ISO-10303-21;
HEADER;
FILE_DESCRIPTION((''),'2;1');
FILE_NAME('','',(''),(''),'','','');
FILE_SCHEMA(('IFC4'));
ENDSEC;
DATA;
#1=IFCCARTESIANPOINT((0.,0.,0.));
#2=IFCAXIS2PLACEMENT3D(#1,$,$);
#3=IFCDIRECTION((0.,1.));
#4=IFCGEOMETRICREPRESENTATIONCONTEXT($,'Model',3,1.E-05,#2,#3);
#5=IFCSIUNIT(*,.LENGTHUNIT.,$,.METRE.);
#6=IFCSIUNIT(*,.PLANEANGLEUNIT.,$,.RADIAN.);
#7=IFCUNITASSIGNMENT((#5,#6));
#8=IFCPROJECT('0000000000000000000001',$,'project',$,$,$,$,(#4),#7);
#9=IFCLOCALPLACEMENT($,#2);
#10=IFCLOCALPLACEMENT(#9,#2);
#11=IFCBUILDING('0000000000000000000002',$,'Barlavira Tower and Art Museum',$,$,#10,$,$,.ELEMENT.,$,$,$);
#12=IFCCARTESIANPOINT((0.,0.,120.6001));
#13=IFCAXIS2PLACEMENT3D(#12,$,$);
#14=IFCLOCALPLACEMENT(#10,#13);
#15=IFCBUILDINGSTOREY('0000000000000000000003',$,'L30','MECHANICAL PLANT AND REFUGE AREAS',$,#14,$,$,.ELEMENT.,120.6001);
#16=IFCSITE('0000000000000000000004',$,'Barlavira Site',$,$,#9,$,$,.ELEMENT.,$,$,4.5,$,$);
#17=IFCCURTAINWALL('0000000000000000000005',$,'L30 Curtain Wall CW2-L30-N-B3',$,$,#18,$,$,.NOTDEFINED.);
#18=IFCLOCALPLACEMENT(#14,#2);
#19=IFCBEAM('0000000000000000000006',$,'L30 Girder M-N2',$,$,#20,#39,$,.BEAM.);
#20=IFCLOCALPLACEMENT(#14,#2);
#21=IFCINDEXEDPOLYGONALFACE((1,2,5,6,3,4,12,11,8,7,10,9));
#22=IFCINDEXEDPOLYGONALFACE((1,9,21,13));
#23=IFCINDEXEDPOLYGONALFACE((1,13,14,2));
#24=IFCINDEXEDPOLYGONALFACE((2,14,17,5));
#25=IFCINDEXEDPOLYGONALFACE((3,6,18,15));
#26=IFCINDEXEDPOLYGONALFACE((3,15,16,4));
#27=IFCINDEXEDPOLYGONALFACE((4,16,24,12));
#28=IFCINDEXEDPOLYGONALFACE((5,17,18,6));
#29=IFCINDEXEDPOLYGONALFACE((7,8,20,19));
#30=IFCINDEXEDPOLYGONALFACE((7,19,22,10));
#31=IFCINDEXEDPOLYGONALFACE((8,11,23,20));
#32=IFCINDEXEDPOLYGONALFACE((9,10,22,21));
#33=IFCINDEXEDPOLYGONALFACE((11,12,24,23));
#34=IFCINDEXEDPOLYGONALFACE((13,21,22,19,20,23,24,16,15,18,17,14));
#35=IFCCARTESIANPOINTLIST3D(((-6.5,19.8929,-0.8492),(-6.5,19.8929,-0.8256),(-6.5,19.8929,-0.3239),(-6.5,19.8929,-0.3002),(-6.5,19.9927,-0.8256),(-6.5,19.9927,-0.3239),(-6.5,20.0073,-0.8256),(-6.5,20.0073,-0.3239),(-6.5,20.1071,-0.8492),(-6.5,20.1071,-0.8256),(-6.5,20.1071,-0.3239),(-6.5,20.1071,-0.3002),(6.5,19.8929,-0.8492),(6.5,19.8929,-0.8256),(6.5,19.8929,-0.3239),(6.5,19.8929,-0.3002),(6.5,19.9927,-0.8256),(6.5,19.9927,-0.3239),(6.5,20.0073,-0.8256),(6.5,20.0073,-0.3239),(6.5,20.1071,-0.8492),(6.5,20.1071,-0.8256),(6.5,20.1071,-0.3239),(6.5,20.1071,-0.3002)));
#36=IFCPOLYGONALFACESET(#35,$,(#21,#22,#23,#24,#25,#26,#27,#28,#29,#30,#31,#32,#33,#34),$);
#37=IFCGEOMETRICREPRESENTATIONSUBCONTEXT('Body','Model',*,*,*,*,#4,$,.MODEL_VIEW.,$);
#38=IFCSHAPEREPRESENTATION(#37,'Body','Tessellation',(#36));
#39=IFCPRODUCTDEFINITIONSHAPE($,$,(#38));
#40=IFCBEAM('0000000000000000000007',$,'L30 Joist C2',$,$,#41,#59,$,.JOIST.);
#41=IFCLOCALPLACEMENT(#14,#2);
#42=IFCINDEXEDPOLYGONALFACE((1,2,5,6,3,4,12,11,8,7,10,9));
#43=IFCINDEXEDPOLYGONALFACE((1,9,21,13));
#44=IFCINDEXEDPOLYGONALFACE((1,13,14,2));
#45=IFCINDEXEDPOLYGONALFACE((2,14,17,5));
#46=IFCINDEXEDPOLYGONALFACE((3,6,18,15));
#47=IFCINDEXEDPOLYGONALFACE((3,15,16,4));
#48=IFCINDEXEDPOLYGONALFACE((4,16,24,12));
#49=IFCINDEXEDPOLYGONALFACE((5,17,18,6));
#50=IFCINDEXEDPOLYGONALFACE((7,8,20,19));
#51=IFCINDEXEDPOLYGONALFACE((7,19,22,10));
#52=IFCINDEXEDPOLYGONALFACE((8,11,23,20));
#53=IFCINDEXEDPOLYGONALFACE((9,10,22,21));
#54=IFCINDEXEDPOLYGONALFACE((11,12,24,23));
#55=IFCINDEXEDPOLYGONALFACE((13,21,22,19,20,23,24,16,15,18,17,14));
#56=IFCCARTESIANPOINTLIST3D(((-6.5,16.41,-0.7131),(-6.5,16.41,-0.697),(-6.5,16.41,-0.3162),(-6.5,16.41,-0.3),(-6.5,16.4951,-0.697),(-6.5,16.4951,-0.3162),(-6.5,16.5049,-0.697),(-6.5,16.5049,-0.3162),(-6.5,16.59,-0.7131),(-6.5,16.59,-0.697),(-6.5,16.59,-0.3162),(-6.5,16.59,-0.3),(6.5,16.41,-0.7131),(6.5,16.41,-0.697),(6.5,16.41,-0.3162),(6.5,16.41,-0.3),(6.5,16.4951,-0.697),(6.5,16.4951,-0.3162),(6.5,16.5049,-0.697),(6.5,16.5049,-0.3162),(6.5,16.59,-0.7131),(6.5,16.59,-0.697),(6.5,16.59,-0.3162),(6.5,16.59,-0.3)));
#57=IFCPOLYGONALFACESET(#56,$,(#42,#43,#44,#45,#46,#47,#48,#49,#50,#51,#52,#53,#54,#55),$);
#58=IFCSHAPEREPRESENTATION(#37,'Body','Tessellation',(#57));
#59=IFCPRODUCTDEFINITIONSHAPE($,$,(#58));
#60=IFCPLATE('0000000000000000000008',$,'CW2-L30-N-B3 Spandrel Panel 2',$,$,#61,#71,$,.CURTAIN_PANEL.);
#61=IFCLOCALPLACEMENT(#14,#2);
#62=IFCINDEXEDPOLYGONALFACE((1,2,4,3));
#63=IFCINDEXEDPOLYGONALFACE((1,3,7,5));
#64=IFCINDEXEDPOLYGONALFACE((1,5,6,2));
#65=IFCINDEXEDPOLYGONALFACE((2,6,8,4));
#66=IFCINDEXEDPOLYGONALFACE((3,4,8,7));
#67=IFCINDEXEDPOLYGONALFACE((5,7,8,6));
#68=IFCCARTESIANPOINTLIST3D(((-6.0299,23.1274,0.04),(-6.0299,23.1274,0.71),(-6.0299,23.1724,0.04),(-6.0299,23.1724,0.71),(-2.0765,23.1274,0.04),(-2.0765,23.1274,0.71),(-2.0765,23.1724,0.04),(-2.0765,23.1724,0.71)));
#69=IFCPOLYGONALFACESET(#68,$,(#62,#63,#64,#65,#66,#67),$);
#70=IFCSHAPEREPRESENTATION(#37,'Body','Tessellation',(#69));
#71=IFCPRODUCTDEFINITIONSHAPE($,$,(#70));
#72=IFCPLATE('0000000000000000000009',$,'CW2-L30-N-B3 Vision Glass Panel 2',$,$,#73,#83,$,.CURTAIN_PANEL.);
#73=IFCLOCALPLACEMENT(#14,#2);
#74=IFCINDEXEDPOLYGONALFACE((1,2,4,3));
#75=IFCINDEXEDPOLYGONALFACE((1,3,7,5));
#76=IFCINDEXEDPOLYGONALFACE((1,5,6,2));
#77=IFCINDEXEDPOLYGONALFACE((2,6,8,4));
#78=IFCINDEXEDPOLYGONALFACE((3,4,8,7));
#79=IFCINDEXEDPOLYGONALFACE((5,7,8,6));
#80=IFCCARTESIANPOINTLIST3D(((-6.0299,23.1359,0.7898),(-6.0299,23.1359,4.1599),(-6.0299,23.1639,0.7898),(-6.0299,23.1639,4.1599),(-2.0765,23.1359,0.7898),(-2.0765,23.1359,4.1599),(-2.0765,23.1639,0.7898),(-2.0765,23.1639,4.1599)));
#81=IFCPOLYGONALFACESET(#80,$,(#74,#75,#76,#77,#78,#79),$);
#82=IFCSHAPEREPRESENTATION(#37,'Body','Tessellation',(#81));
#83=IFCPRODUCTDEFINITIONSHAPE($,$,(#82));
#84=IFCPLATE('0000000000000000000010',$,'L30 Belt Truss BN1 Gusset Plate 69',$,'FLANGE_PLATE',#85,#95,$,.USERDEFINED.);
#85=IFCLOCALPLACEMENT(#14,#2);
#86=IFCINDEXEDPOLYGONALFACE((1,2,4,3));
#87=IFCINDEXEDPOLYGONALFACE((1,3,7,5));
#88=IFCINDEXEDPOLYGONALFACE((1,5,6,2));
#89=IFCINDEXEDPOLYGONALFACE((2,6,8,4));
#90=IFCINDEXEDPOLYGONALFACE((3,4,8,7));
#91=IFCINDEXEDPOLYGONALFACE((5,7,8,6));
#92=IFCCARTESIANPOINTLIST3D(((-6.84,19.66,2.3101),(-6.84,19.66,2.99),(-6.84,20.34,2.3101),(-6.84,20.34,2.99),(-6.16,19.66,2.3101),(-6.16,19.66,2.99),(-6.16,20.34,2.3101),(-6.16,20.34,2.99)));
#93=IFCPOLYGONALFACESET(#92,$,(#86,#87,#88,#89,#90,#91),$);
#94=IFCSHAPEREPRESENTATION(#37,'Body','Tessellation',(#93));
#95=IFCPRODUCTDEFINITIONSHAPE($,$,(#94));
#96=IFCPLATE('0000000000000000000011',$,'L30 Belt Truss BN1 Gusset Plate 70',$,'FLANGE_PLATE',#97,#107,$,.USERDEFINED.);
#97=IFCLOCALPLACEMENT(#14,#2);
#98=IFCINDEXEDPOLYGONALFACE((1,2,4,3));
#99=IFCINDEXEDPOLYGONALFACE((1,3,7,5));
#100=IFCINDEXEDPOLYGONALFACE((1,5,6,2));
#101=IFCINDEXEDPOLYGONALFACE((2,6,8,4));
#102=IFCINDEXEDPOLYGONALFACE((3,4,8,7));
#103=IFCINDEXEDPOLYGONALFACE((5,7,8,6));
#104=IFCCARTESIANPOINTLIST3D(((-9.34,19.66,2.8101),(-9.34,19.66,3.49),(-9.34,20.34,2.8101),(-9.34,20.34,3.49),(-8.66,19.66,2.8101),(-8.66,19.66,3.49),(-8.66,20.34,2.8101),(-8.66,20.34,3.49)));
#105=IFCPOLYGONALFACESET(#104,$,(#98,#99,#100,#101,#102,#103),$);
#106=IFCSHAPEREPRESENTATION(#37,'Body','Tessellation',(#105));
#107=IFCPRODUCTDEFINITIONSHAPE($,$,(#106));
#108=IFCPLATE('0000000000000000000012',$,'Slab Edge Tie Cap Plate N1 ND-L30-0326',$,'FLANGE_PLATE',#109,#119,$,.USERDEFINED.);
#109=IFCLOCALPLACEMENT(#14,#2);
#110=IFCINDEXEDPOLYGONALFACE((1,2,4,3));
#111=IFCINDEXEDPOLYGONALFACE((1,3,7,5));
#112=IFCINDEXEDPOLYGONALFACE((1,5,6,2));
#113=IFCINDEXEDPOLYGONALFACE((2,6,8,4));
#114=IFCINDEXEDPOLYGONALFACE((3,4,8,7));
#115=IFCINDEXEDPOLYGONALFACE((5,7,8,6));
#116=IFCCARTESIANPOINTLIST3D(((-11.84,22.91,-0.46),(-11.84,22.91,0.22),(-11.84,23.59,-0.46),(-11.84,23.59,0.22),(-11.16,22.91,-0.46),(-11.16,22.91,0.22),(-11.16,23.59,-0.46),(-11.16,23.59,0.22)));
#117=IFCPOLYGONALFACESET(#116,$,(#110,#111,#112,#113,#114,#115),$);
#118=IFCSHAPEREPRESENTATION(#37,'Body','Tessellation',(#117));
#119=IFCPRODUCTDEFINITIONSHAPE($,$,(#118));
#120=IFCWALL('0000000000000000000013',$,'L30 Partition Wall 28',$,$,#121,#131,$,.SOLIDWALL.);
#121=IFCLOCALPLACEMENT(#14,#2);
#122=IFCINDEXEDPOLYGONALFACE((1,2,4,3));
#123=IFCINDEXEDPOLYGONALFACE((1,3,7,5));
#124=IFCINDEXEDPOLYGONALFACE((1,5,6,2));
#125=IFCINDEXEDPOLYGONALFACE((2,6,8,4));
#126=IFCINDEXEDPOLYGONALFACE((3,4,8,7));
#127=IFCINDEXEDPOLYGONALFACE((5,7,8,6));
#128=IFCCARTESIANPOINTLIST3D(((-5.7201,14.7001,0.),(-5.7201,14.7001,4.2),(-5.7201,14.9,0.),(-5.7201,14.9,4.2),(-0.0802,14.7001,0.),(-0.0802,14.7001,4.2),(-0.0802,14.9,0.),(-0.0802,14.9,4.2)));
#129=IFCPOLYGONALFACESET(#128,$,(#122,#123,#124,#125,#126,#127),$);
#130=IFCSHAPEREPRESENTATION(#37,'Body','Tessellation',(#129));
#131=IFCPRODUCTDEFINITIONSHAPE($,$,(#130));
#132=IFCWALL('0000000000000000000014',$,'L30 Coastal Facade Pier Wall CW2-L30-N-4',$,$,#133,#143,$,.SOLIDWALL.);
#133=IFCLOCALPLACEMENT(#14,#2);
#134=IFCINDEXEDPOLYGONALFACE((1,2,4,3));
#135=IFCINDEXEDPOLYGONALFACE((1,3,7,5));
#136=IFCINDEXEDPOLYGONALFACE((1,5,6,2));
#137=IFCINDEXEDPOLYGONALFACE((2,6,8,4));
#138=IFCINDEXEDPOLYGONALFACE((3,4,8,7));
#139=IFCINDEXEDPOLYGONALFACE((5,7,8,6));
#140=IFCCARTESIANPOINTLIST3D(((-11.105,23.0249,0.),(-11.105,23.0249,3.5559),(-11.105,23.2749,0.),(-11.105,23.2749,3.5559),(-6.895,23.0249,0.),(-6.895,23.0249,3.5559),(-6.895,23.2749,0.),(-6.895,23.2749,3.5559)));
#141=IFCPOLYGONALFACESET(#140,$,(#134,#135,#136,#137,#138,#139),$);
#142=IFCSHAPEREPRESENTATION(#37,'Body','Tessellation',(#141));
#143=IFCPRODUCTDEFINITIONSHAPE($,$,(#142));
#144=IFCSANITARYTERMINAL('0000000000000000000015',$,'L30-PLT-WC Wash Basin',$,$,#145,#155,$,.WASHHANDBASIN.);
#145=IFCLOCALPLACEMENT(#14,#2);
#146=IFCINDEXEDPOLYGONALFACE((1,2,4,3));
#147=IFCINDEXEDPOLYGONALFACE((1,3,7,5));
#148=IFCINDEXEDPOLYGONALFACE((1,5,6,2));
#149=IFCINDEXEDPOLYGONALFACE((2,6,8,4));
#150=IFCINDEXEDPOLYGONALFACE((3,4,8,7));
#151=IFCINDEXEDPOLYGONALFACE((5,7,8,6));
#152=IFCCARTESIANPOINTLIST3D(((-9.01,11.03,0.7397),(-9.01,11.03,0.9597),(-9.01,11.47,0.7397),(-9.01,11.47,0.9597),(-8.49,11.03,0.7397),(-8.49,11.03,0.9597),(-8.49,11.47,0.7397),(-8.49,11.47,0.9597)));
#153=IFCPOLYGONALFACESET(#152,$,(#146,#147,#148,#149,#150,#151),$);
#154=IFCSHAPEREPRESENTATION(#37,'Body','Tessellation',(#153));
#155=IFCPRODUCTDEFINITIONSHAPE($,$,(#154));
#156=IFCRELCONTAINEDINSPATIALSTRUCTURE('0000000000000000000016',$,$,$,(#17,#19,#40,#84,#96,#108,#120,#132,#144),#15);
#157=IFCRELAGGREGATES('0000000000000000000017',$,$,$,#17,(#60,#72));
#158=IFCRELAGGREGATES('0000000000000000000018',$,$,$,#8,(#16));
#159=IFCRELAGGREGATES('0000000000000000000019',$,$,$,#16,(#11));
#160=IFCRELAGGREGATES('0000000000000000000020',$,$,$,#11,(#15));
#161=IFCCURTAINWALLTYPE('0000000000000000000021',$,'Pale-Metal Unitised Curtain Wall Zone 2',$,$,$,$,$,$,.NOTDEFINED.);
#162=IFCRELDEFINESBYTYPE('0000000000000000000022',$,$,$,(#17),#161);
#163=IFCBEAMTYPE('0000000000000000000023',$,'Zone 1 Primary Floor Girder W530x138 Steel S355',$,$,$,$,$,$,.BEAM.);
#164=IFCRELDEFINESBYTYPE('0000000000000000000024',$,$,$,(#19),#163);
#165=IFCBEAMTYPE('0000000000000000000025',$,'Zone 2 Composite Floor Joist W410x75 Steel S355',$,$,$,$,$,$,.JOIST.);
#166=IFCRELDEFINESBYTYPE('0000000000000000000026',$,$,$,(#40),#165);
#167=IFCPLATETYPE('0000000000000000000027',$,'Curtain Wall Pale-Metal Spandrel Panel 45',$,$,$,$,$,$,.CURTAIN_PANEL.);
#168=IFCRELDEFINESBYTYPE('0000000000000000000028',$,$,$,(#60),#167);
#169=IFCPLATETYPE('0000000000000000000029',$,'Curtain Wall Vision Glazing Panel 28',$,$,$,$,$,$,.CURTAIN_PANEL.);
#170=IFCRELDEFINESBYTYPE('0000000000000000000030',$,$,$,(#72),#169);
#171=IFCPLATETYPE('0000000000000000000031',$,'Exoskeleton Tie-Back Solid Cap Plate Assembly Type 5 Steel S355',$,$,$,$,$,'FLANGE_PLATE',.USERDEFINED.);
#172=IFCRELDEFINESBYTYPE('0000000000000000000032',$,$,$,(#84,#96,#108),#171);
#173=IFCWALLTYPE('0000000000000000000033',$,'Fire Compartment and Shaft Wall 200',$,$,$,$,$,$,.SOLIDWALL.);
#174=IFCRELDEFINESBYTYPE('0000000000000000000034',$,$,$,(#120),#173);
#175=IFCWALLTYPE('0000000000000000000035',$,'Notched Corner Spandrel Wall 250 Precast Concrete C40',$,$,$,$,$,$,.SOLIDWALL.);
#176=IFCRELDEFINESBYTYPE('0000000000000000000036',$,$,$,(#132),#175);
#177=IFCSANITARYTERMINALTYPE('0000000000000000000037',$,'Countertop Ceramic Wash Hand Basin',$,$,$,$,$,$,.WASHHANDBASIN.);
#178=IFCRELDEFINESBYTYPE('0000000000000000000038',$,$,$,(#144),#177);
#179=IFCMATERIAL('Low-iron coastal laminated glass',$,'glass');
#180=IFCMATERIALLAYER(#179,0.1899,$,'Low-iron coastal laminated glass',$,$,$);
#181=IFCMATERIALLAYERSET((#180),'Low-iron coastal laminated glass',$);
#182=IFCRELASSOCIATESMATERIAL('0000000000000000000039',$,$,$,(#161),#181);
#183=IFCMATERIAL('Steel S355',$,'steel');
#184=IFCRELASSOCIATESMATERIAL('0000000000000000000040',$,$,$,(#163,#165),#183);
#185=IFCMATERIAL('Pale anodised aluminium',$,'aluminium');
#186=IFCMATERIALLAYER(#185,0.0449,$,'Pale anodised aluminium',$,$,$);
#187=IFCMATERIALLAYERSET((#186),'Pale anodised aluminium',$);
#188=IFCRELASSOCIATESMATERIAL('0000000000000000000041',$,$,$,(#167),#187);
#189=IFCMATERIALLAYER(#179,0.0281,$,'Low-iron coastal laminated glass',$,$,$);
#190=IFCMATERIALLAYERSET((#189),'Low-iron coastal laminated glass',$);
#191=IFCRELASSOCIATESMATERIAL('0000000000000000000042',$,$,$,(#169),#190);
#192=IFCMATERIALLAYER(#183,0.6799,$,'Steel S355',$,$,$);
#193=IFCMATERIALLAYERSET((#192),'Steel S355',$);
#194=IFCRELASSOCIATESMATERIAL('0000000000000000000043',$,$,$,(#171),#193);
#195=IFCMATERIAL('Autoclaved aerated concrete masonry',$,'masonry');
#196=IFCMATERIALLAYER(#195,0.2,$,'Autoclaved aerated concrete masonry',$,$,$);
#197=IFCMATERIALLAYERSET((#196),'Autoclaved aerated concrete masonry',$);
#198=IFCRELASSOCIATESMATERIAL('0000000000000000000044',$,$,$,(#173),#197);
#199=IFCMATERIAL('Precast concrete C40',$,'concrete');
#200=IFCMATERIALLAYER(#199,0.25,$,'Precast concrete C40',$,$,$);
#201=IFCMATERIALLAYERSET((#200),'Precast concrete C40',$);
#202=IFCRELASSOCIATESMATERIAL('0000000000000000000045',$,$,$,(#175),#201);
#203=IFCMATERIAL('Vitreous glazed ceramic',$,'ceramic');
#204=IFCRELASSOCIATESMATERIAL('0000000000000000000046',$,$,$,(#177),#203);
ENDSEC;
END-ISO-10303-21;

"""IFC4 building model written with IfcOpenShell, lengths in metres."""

from ifc_helpers import new_model, si_unit, direction, frame, frame_2d, origin, origin_2d, place, context, subcontext, project, spatial, rectangle, i_section, extrude, material, layer, layer_set, material_profile, profile_set, type_object, element, aggregate, save


model = new_model("IFC4")

# Units and contexts
model_context = context("Model", 3, precision=1e-05, world=origin(), true_north=direction((0.0, 1.0)))
body_context = subcontext(model_context, "Body", "Model", "MODEL_VIEW")
ifc_project = project(units=[si_unit("LENGTHUNIT", "METRE"), si_unit("PLANEANGLEUNIT", "RADIAN")], contexts=[model_context])

# Site, building, storey
site_placement = place(None, origin())
site = spatial("IfcSite", under=ifc_project, at=site_placement, Name="Barlavira Site", CompositionType="ELEMENT", RefElevation=4.5)
building_placement = place(site_placement, origin())
building = spatial("IfcBuilding", under=site, at=building_placement, Name="Barlavira Tower and Art Museum", CompositionType="ELEMENT")
storey_placement = place(building_placement, frame((0.0, 0.0, 120.6001)))
storey = spatial("IfcBuildingStorey", under=building, at=storey_placement, Name="L30", Description="MECHANICAL PLANT AND REFUGE AREAS", CompositionType="ELEMENT", Elevation=120.6001)

# Shared definitions
ifc_material_1 = material(Name="Steel S355", Category="steel")

# Curtain wall
ifc_material_2 = material(Name="Low-iron coastal laminated glass", Category="glass")
ifc_layer_1 = layer(ifc_material_2, 0.1899, Name="Low-iron coastal laminated glass")
ifc_layer_set_1 = layer_set([ifc_layer_1], Name="Low-iron coastal laminated glass")
curtain_wall_type = type_object("IfcCurtainWallType", Name="Pale-Metal Unitised Curtain Wall Zone 2", PredefinedType="NOTDEFINED", material=ifc_layer_set_1)
curtain_wall_placement = place(storey_placement, origin())
curtain_wall = element("IfcCurtainWall", 1, at=curtain_wall_placement, inside=storey, type_object=curtain_wall_type, Name="L30 Curtain Wall CW2-L30-N-B3", PredefinedType="NOTDEFINED")
ifc_material_3 = material(Name="Pale anodised aluminium", Category="aluminium")

# Beams
ifc_material_profile_1 = material_profile(ifc_material_1, i_section(OverallWidth=0.2141, OverallDepth=0.5491, WebThickness=0.0146, FlangeThickness=0.0237, at=origin_2d()), Name="W530x138.0")
ifc_profile_set_1 = profile_set([ifc_material_profile_1], Name="Steel S355")
beam_type_1 = type_object("IfcBeamType", Name="Zone 1 Primary Floor Girder W530x138 Steel S355", PredefinedType="BEAM", material=ifc_profile_set_1)
beam_1_placement = place(storey_placement, frame((-6.5, 20.0, -0.5747), z_axis=(1.0, 0.0, 0.0), x_axis=(0.0, 1.0, 0.0)))
element("IfcBeam", 2, at=beam_1_placement, inside=storey, type_object=beam_type_1, Name="L30 Girder M-N2", PredefinedType="BEAM", context=body_context, shape_type="SweptSolid", body=[
    extrude(i_section(OverallWidth=0.2141, OverallDepth=0.5491, WebThickness=0.0146, FlangeThickness=0.0237, at=origin_2d()), origin(), (0.0, 0.0, 1.0), 13.0),
])
ifc_material_profile_2 = material_profile(ifc_material_1, i_section(OverallWidth=0.1799, OverallDepth=0.4131, WebThickness=0.0098, FlangeThickness=0.0161, at=origin_2d()), Name="W410x75.0")
ifc_profile_set_2 = profile_set([ifc_material_profile_2], Name="Steel S355")
beam_type_2 = type_object("IfcBeamType", Name="Zone 2 Composite Floor Joist W410x75 Steel S355", PredefinedType="JOIST", material=ifc_profile_set_2)
beam_2_placement = place(storey_placement, frame((-6.5, 16.5, -0.5066), z_axis=(1.0, 0.0, 0.0), x_axis=(0.0, 1.0, 0.0)))
element("IfcBeam", 3, at=beam_2_placement, inside=storey, type_object=beam_type_2, Name="L30 Joist C2", PredefinedType="JOIST", context=body_context, shape_type="SweptSolid", body=[
    extrude(i_section(OverallWidth=0.1799, OverallDepth=0.4131, WebThickness=0.0098, FlangeThickness=0.0161, at=origin_2d()), origin(), (0.0, 0.0, 1.0), 13.0),
])

# Plates
ifc_layer_2 = layer(ifc_material_3, 0.0449, Name="Pale anodised aluminium")
ifc_layer_set_2 = layer_set([ifc_layer_2], Name="Pale anodised aluminium")
plate_type_1 = type_object("IfcPlateType", Name="Curtain Wall Pale-Metal Spandrel Panel 45", PredefinedType="CURTAIN_PANEL", material=ifc_layer_set_2)
plate_1_placement = place(storey_placement, frame((-4.0532, 23.1499, 0.04), z_axis=(0.0, 0.0, 1.0), x_axis=(-1.0, 0.0, 0.0)))
plate_1 = element("IfcPlate", 4, at=plate_1_placement, type_object=plate_type_1, Name="CW2-L30-N-B3 Spandrel Panel 2", PredefinedType="CURTAIN_PANEL", context=body_context, shape_type="SweptSolid", body=[
    extrude(rectangle(XDim=3.9534, YDim=0.0449, at=origin_2d()), origin(), (0.0, 0.0, 1.0), 0.6699),
])
ifc_layer_3 = layer(ifc_material_2, 0.0281, Name="Low-iron coastal laminated glass")
ifc_layer_set_3 = layer_set([ifc_layer_3], Name="Low-iron coastal laminated glass")
plate_type_2 = type_object("IfcPlateType", Name="Curtain Wall Vision Glazing Panel 28", PredefinedType="CURTAIN_PANEL", material=ifc_layer_set_3)
plate_2_placement = place(storey_placement, frame((-4.0532, 23.1499, 0.7898), z_axis=(0.0, 0.0, 1.0), x_axis=(-1.0, 0.0, 0.0)))
plate_2 = element("IfcPlate", 5, at=plate_2_placement, type_object=plate_type_2, Name="CW2-L30-N-B3 Vision Glass Panel 2", PredefinedType="CURTAIN_PANEL", context=body_context, shape_type="SweptSolid", body=[
    extrude(rectangle(XDim=3.9534, YDim=0.0281, at=origin_2d()), origin(), (0.0, 0.0, 1.0), 3.3701),
])
aggregate(curtain_wall, [plate_1, plate_2])

# Plates
ifc_layer_4 = layer(ifc_material_1, 0.6799, Name="Steel S355")
ifc_layer_set_4 = layer_set([ifc_layer_4], Name="Steel S355")
plate_type_3 = type_object("IfcPlateType", Name="Exoskeleton Tie-Back Solid Cap Plate Assembly Type 5 Steel S355", ElementType="FLANGE_PLATE", PredefinedType="USERDEFINED", material=ifc_layer_set_4)
for number, where, z_axis, x_axis, name in (
    (6, (-6.5, 20.0, 2.3101), (0.0, 0.0, 1.0), (1.0, 0.0, 0.0), "L30 Belt Truss BN1 Gusset Plate 69"),
    (7, (-9.0, 20.0, 2.8101), (0.0, 0.0, 1.0), (1.0, 0.0, 0.0), "L30 Belt Truss BN1 Gusset Plate 70"),
    (8, (-11.5, 23.25, -0.46), (0.0, 0.0, 1.0), (1.0, 0.0, 0.0), "Slab Edge Tie Cap Plate N1 ND-L30-0326"),
):
    element("IfcPlate", number, at=place(storey_placement, frame(where, z_axis=z_axis, x_axis=x_axis)), inside=storey, type_object=plate_type_3, Name=name, ObjectType="FLANGE_PLATE", PredefinedType="USERDEFINED", context=body_context, shape_type="SweptSolid", body=[
        extrude(rectangle(XDim=0.6799, YDim=0.6799, at=origin_2d()), origin(), (0.0, 0.0, 1.0), 0.6799),
    ])

# Walls
ifc_material_4 = material(Name="Autoclaved aerated concrete masonry", Category="masonry")
ifc_layer_5 = layer(ifc_material_4, 0.2, Name="Autoclaved aerated concrete masonry")
ifc_layer_set_5 = layer_set([ifc_layer_5], Name="Autoclaved aerated concrete masonry")
wall_type_1 = type_object("IfcWallType", Name="Fire Compartment and Shaft Wall 200", PredefinedType="SOLIDWALL", material=ifc_layer_set_5)
wall_1_placement = place(storey_placement, frame((-5.72, 14.8, 0.0), z_axis=(0.0, 0.0, 1.0), x_axis=(1.0, 0.0, 0.0)))
element("IfcWall", 9, at=wall_1_placement, inside=storey, type_object=wall_type_1, Name="L30 Partition Wall 28", PredefinedType="SOLIDWALL", context=body_context, shape_type="SweptSolid", body=[
    extrude(rectangle(XDim=5.6399, YDim=0.2, at=frame_2d((2.8198, 0.0))), origin(), (0.0, 0.0, 1.0), 4.2),
])
ifc_material_5 = material(Name="Precast concrete C40", Category="concrete")
ifc_layer_6 = layer(ifc_material_5, 0.25, Name="Precast concrete C40")
ifc_layer_set_6 = layer_set([ifc_layer_6], Name="Precast concrete C40")
wall_type_2 = type_object("IfcWallType", Name="Notched Corner Spandrel Wall 250 Precast Concrete C40", PredefinedType="SOLIDWALL", material=ifc_layer_set_6)
wall_2_placement = place(storey_placement, frame((-6.895, 23.1499, 0.0), z_axis=(0.0, 0.0, 1.0), x_axis=(-1.0, 0.0, 0.0)))
element("IfcWall", 10, at=wall_2_placement, inside=storey, type_object=wall_type_2, Name="L30 Coastal Facade Pier Wall CW2-L30-N-4", PredefinedType="SOLIDWALL", context=body_context, shape_type="SweptSolid", body=[
    extrude(rectangle(XDim=4.21, YDim=0.25, at=frame_2d((2.105, 0.0))), origin(), (0.0, 0.0, 1.0), 3.5559),
])

# Sanitary terminal
ifc_material_6 = material(Name="Vitreous glazed ceramic", Category="ceramic")
sanitary_terminal_type = type_object("IfcSanitaryTerminalType", Name="Countertop Ceramic Wash Hand Basin", PredefinedType="WASHHANDBASIN", material=ifc_material_6)
sanitary_terminal_placement = place(storey_placement, frame((-8.75, 11.25, 0.7397), z_axis=(0.0, 0.0, 1.0), x_axis=(1.0, 0.0, 0.0)))
element("IfcSanitaryTerminal", 11, at=sanitary_terminal_placement, inside=storey, type_object=sanitary_terminal_type, Name="L30-PLT-WC Wash Basin", PredefinedType="WASHHANDBASIN", context=body_context, shape_type="SweptSolid", body=[
    extrude(rectangle(XDim=0.52, YDim=0.4399, at=origin_2d()), origin(), (0.0, 0.0, 1.0), 0.22),
])

save(model, "model.ifc")
